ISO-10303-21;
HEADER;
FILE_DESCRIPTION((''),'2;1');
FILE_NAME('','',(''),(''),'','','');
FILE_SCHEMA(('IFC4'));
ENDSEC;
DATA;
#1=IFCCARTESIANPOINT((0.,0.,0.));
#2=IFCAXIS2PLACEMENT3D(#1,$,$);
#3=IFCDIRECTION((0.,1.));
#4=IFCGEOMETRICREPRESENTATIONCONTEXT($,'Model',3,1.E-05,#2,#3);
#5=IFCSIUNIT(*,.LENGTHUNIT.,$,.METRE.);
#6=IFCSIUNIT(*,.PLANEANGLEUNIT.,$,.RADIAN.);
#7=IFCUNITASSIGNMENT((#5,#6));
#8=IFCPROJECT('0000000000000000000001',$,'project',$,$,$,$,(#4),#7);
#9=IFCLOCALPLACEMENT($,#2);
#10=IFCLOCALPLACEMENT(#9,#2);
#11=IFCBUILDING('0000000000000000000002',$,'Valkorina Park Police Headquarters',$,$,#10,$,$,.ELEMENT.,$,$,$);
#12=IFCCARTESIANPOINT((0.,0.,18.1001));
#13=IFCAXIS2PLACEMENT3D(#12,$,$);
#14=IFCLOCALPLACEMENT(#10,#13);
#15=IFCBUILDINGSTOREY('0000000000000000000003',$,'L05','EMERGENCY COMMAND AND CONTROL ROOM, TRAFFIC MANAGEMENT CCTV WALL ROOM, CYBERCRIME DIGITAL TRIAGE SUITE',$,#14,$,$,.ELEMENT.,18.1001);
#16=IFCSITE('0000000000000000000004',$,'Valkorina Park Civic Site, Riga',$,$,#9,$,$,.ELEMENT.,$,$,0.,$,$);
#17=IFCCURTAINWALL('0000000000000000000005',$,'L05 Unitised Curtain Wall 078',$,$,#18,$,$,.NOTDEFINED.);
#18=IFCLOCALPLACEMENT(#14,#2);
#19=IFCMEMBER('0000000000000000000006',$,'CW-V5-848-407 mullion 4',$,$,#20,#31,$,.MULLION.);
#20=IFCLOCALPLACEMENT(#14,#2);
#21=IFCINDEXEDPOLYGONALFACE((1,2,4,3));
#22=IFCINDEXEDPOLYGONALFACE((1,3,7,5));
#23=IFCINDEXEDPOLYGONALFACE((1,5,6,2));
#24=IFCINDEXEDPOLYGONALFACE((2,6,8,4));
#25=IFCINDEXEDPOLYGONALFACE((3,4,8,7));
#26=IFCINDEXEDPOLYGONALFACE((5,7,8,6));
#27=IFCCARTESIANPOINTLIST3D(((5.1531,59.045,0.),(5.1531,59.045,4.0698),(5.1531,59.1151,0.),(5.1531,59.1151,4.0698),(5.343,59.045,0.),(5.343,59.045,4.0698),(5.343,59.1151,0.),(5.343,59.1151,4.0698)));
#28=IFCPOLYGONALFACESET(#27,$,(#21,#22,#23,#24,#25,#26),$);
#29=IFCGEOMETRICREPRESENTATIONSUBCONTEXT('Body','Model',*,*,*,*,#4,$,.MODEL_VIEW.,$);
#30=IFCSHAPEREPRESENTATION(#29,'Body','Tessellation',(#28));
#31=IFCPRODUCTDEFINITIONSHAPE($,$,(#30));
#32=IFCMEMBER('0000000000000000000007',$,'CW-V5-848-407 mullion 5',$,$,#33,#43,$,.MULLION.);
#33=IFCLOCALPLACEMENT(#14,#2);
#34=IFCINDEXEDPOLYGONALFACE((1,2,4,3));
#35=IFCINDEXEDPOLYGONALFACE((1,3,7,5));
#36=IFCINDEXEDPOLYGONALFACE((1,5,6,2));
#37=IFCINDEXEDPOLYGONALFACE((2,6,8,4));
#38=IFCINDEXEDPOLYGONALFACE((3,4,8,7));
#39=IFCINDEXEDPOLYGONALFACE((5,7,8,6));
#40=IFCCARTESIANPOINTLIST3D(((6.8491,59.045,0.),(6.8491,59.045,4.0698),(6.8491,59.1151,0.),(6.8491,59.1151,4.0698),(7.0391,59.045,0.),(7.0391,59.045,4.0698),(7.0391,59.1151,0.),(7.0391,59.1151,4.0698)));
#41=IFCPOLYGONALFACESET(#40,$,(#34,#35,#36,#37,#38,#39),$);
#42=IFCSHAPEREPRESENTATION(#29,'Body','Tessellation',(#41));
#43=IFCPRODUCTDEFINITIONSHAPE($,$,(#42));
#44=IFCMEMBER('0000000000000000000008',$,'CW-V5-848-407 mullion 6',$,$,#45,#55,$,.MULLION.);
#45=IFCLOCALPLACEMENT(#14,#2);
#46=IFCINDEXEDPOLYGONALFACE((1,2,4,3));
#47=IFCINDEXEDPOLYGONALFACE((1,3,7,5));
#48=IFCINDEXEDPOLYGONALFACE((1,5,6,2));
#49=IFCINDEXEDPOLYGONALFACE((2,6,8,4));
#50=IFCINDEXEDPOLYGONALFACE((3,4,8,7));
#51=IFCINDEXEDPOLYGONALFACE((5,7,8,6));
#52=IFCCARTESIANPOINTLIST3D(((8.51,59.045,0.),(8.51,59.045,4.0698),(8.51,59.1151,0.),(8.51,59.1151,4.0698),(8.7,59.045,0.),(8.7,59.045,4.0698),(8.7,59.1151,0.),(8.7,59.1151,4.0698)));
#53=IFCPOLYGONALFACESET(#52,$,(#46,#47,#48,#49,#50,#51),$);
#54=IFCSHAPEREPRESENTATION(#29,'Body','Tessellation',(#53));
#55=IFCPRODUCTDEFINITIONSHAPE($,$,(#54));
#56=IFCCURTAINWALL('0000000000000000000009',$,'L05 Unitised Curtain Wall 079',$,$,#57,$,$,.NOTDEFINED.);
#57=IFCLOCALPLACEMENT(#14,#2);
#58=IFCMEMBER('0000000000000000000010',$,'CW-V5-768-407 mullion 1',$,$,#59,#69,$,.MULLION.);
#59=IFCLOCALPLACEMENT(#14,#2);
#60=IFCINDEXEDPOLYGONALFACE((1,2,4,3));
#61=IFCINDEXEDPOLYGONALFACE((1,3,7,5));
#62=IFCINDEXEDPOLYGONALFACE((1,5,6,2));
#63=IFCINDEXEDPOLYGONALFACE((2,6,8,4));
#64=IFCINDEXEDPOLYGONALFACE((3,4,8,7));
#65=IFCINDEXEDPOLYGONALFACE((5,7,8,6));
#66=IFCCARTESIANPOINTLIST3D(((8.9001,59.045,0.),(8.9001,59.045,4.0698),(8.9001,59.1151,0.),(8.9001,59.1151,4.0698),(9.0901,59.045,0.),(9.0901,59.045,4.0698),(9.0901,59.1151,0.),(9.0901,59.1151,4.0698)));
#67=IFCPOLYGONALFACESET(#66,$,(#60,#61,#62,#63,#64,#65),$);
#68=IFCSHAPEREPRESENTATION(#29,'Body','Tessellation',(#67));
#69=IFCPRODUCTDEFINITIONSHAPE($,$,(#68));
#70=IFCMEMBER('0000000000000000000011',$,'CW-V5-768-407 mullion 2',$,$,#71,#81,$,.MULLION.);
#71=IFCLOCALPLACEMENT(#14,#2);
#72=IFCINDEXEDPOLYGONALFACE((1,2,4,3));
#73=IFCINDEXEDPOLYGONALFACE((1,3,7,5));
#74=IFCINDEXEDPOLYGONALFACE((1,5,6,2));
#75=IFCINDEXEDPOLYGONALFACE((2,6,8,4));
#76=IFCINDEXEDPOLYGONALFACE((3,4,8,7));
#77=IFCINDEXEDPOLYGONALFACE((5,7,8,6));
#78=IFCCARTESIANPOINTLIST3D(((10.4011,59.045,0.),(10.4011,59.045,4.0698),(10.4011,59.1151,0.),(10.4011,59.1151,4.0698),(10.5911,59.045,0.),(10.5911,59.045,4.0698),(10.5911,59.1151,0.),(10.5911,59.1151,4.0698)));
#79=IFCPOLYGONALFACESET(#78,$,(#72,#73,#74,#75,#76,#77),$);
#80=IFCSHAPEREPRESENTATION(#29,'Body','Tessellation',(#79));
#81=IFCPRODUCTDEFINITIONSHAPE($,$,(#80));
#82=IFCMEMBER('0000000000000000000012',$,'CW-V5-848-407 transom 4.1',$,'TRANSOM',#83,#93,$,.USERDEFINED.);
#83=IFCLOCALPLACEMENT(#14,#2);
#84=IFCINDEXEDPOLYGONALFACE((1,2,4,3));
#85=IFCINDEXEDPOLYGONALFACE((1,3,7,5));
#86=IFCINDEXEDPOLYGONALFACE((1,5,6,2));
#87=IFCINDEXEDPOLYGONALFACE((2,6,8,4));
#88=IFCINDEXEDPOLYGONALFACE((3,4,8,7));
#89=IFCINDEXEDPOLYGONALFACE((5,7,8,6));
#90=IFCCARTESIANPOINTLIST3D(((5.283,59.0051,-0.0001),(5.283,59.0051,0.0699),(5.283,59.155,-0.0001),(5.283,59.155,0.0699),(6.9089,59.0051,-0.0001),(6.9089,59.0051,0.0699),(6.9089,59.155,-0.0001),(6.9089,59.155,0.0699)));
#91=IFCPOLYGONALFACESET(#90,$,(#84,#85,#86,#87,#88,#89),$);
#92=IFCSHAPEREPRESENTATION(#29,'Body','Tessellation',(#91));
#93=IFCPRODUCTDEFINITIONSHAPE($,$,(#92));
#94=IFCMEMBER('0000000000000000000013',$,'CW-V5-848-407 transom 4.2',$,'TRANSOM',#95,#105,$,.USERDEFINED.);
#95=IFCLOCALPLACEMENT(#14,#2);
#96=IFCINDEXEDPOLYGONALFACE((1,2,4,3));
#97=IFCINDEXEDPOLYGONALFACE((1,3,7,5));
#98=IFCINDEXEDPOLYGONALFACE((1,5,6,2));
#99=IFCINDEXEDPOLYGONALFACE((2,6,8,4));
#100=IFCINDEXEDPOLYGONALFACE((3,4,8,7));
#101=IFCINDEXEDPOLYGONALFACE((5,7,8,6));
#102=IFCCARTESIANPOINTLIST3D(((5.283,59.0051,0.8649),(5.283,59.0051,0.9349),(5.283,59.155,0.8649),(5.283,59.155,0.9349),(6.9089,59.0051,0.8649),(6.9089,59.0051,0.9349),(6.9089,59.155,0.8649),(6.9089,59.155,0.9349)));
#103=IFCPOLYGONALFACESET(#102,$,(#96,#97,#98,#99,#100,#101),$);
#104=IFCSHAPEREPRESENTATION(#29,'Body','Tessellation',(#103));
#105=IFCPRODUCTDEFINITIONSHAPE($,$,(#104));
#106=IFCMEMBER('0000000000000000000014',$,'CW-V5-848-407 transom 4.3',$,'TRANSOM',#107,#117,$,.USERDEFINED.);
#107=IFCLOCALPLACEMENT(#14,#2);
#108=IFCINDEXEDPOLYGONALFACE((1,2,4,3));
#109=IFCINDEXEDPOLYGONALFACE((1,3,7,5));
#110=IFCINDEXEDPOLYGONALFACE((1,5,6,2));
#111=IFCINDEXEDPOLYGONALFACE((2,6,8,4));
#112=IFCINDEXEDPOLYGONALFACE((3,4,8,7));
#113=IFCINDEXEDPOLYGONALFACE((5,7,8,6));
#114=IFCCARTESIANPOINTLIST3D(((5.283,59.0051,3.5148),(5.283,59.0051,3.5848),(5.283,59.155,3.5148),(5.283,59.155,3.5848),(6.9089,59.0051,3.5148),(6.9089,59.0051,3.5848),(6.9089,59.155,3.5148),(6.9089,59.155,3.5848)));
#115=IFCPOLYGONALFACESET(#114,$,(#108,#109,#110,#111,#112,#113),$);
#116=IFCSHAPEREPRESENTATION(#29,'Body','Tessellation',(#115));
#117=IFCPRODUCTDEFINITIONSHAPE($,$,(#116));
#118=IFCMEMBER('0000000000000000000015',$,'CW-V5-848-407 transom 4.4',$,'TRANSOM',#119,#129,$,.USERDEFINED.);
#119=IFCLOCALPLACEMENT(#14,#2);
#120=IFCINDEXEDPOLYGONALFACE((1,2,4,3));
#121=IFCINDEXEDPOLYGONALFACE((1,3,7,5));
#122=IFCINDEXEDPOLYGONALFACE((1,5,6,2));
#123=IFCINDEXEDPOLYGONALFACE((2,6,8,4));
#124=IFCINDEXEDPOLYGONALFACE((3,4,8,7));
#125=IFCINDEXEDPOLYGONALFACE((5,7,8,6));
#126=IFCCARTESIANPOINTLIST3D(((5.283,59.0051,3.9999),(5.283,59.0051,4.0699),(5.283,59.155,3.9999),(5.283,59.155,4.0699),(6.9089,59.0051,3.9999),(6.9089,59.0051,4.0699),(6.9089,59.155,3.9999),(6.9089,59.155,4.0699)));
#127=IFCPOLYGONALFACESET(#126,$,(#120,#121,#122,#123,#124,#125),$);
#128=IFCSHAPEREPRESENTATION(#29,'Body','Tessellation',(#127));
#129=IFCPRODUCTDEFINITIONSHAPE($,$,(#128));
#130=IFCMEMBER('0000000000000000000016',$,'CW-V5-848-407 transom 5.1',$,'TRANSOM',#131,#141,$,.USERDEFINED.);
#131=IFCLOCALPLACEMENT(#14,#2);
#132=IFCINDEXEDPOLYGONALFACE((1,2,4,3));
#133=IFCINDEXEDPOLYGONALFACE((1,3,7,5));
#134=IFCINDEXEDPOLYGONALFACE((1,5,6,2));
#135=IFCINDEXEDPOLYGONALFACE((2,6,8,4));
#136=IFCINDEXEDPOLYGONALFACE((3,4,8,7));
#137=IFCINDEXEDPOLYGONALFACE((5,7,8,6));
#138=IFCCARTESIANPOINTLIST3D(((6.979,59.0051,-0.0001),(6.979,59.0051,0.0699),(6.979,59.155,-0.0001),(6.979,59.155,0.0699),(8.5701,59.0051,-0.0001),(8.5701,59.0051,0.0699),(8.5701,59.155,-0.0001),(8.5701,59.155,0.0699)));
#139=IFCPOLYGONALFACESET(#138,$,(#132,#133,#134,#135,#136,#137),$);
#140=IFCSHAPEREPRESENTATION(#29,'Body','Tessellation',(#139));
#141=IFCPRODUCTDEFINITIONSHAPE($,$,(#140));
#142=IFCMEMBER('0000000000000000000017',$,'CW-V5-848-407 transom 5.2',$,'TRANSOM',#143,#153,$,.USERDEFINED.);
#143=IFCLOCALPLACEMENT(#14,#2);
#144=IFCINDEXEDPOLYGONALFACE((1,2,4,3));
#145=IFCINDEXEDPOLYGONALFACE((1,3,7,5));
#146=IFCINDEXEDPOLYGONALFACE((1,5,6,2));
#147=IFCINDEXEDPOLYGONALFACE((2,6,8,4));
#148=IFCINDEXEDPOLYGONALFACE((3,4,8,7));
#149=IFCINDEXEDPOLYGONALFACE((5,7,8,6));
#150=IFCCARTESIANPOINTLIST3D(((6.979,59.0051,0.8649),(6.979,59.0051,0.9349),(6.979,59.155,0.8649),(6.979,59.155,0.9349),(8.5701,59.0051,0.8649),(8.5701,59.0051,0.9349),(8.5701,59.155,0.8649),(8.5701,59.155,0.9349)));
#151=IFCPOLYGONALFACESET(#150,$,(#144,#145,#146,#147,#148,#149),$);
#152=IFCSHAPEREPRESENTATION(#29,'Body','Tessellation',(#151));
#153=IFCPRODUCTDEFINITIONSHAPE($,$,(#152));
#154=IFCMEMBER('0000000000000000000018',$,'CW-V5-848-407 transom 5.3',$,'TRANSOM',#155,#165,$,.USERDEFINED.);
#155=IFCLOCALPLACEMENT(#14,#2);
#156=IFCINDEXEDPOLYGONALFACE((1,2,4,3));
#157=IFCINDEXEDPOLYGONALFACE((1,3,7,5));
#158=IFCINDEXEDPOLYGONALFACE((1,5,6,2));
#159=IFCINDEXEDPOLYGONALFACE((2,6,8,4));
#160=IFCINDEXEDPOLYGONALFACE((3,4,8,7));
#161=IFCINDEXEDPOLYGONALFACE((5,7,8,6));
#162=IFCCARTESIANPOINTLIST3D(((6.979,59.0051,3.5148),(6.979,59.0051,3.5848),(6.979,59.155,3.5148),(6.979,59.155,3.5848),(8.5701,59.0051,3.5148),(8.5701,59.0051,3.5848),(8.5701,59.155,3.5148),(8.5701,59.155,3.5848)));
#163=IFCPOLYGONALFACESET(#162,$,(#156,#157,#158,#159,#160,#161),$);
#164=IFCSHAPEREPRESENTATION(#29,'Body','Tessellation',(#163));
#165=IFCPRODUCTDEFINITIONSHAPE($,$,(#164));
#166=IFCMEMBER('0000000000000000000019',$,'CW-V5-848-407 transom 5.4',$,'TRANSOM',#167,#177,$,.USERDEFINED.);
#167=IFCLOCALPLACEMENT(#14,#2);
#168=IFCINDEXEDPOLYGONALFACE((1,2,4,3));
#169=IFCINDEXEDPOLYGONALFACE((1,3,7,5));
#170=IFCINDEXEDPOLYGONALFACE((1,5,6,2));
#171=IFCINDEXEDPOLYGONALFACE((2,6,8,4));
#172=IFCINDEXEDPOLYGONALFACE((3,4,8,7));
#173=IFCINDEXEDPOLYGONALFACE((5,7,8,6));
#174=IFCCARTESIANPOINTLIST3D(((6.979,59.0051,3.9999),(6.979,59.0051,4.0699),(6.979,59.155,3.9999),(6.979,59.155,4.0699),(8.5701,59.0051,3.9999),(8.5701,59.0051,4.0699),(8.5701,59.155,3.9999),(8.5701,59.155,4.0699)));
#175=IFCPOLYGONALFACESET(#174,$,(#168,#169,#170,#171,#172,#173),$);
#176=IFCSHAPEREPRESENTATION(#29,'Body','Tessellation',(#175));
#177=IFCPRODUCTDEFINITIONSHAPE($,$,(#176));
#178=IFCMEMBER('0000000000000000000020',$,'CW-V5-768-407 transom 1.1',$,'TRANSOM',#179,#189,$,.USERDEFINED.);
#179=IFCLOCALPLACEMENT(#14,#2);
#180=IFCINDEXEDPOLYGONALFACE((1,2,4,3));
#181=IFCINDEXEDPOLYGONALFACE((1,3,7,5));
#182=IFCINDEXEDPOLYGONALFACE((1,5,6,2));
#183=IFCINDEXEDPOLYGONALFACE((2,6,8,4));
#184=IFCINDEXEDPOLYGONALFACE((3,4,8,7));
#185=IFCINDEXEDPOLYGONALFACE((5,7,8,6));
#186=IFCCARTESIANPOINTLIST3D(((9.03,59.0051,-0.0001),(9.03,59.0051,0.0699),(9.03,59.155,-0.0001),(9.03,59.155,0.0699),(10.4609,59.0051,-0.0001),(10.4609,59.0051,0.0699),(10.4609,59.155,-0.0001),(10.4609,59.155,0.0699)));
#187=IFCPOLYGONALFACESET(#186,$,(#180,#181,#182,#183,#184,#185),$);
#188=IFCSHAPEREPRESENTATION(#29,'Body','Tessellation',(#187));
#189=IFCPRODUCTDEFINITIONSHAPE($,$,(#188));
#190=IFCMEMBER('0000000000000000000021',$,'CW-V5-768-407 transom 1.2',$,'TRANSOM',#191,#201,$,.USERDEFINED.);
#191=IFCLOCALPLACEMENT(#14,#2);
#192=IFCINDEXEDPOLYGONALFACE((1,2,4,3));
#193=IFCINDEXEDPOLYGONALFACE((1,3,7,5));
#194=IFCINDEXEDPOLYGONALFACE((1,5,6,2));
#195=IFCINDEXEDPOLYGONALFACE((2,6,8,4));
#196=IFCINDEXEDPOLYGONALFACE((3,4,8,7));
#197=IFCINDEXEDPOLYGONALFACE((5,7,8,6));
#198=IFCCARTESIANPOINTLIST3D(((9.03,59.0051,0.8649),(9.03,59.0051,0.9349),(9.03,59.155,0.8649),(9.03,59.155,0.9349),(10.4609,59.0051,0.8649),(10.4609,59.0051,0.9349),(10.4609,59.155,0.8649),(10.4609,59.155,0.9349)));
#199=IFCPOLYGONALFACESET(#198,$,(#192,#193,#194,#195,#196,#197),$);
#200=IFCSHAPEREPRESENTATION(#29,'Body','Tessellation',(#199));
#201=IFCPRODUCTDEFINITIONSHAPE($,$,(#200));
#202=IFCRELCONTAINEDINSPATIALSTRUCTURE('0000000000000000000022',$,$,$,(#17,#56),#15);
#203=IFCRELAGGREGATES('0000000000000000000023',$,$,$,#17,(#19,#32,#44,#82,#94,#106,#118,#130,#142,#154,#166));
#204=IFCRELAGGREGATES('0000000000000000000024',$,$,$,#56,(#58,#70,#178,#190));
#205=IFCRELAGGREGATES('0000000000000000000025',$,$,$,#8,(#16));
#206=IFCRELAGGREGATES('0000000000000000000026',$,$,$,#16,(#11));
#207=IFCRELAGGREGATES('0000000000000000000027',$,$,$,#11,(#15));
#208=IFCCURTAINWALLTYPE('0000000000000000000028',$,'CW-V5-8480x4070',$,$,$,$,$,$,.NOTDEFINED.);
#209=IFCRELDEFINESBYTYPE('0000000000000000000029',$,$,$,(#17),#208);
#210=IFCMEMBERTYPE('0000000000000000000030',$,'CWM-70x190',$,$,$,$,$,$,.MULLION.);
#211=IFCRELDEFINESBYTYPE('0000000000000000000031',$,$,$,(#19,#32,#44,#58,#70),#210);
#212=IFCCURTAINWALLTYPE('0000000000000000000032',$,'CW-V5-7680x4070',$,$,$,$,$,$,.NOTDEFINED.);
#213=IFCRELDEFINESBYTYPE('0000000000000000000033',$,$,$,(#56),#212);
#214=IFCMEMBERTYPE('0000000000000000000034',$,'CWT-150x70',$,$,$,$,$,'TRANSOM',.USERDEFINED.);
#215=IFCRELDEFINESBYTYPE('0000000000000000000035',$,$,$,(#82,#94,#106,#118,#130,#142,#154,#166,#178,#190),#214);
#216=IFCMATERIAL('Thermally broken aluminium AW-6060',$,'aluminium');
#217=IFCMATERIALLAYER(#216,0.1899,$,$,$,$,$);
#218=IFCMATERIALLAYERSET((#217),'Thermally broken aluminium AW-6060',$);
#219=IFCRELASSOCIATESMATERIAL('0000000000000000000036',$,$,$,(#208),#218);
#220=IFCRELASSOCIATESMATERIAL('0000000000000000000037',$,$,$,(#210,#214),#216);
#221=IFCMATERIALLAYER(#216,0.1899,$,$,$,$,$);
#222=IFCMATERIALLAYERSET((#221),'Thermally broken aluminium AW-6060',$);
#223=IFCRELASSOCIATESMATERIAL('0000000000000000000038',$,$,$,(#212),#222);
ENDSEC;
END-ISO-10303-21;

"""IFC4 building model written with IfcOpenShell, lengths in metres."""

from ifc_helpers import new_model, si_unit, direction, frame, origin, origin_2d, place, context, subcontext, project, spatial, rectangle, extrude, material, layer, layer_set, material_profile, profile_set, type_object, element, aggregate, save


model = new_model("IFC4")

# Units and contexts
model_context = context("Model", 3, precision=1e-05, world=origin(), true_north=direction((0.0, 1.0)))
body_context = subcontext(model_context, "Body", "Model", "MODEL_VIEW")
ifc_project = project(units=[si_unit("LENGTHUNIT", "METRE"), si_unit("PLANEANGLEUNIT", "RADIAN")], contexts=[model_context])

# Site, building, storey
site_placement = place(None, origin())
site = spatial("IfcSite", under=ifc_project, at=site_placement, Name="Valkorina Park Civic Site, Riga", CompositionType="ELEMENT", RefElevation=0.0)
building_placement = place(site_placement, origin())
building = spatial("IfcBuilding", under=site, at=building_placement, Name="Valkorina Park Police Headquarters", CompositionType="ELEMENT")
storey_placement = place(building_placement, frame((0.0, 0.0, 18.1001)))
storey = spatial("IfcBuildingStorey", under=building, at=storey_placement, Name="L05", Description="EMERGENCY COMMAND AND CONTROL ROOM, TRAFFIC MANAGEMENT CCTV WALL ROOM, CYBERCRIME DIGITAL TRIAGE SUITE", CompositionType="ELEMENT", Elevation=18.1001)

# Curtain walls, members
ifc_material_1 = material(Name="Thermally broken aluminium AW-6060", Category="aluminium")
ifc_layer_1 = layer(ifc_material_1, 0.1899)
ifc_layer_set_1 = layer_set([ifc_layer_1], Name="Thermally broken aluminium AW-6060")
curtain_wall_type_1 = type_object("IfcCurtainWallType", Name="CW-V5-8480x4070", PredefinedType="NOTDEFINED", material=ifc_layer_set_1)
curtain_wall_1_placement = place(storey_placement, origin())
curtain_wall_1 = element("IfcCurtainWall", 1, at=curtain_wall_1_placement, inside=storey, type_object=curtain_wall_type_1, Name="L05 Unitised Curtain Wall 078", PredefinedType="NOTDEFINED")
ifc_material_profile_1 = material_profile(ifc_material_1, rectangle(XDim=0.0701, YDim=0.1899, at=origin_2d()), Name="CWM-02 70x190")
ifc_profile_set_1 = profile_set([ifc_material_profile_1], Name="Thermally broken aluminium AW-6060")
member_type_1 = type_object("IfcMemberType", Name="CWM-70x190", PredefinedType="MULLION", material=ifc_profile_set_1)
member_1_placement = place(storey_placement, frame((5.248, 59.0801, 0.0), z_axis=(0.0, 0.0, 1.0), x_axis=(0.0, 1.0, 0.0)))
member_1 = element("IfcMember", 2, at=member_1_placement, type_object=member_type_1, Name="CW-V5-848-407 mullion 4", PredefinedType="MULLION", context=body_context, shape_type="SweptSolid", body=[
    extrude(rectangle(XDim=0.0701, YDim=0.1899, at=origin_2d()), origin(), (0.0, 0.0, 1.0), 4.0698),
])
member_2_placement = place(storey_placement, frame((6.9441, 59.0801, 0.0), z_axis=(0.0, 0.0, 1.0), x_axis=(0.0, 1.0, 0.0)))
member_2 = element("IfcMember", 3, at=member_2_placement, type_object=member_type_1, Name="CW-V5-848-407 mullion 5", PredefinedType="MULLION", context=body_context, shape_type="SweptSolid", body=[
    extrude(rectangle(XDim=0.0701, YDim=0.1899, at=origin_2d()), origin(), (0.0, 0.0, 1.0), 4.0698),
])
member_3_placement = place(storey_placement, frame((8.605, 59.0801, 0.0), z_axis=(0.0, 0.0, 1.0), x_axis=(0.0, 1.0, 0.0)))
member_3 = element("IfcMember", 4, at=member_3_placement, type_object=member_type_1, Name="CW-V5-848-407 mullion 6", PredefinedType="MULLION", context=body_context, shape_type="SweptSolid", body=[
    extrude(rectangle(XDim=0.0701, YDim=0.1899, at=origin_2d()), origin(), (0.0, 0.0, 1.0), 4.0698),
])
ifc_layer_2 = layer(ifc_material_1, 0.1899)
ifc_layer_set_2 = layer_set([ifc_layer_2], Name="Thermally broken aluminium AW-6060")
curtain_wall_type_2 = type_object("IfcCurtainWallType", Name="CW-V5-7680x4070", PredefinedType="NOTDEFINED", material=ifc_layer_set_2)
curtain_wall_2_placement = place(storey_placement, origin())
curtain_wall_2 = element("IfcCurtainWall", 5, at=curtain_wall_2_placement, inside=storey, type_object=curtain_wall_type_2, Name="L05 Unitised Curtain Wall 079", PredefinedType="NOTDEFINED")
member_4_placement = place(storey_placement, frame((8.9951, 59.0801, 0.0), z_axis=(0.0, 0.0, 1.0), x_axis=(0.0, 1.0, 0.0)))
member_4 = element("IfcMember", 6, at=member_4_placement, type_object=member_type_1, Name="CW-V5-768-407 mullion 1", PredefinedType="MULLION", context=body_context, shape_type="SweptSolid", body=[
    extrude(rectangle(XDim=0.0701, YDim=0.1899, at=origin_2d()), origin(), (0.0, 0.0, 1.0), 4.0698),
])
member_5_placement = place(storey_placement, frame((10.4961, 59.0801, 0.0), z_axis=(0.0, 0.0, 1.0), x_axis=(0.0, 1.0, 0.0)))
member_5 = element("IfcMember", 7, at=member_5_placement, type_object=member_type_1, Name="CW-V5-768-407 mullion 2", PredefinedType="MULLION", context=body_context, shape_type="SweptSolid", body=[
    extrude(rectangle(XDim=0.0701, YDim=0.1899, at=origin_2d()), origin(), (0.0, 0.0, 1.0), 4.0698),
])

# Members
ifc_material_profile_2 = material_profile(ifc_material_1, rectangle(XDim=0.1499, YDim=0.0701, at=origin_2d()), Name="CWT-02 150x70")
ifc_profile_set_2 = profile_set([ifc_material_profile_2], Name="Thermally broken aluminium AW-6060")
member_type_2 = type_object("IfcMemberType", Name="CWT-150x70", ElementType="TRANSOM", PredefinedType="USERDEFINED", material=ifc_profile_set_2)
member_6_placement = place(storey_placement, frame((5.283, 59.0801, 0.0349), z_axis=(1.0, 0.0, 0.0), x_axis=(0.0, 1.0, 0.0)))
member_6 = element("IfcMember", 8, at=member_6_placement, type_object=member_type_2, Name="CW-V5-848-407 transom 4.1", ObjectType="TRANSOM", PredefinedType="USERDEFINED", context=body_context, shape_type="SweptSolid", body=[
    extrude(rectangle(XDim=0.1499, YDim=0.0701, at=origin_2d()), origin(), (0.0, 0.0, 1.0), 1.626),
])
member_7_placement = place(storey_placement, frame((5.283, 59.0801, 0.8999), z_axis=(1.0, 0.0, 0.0), x_axis=(0.0, 1.0, 0.0)))
member_7 = element("IfcMember", 9, at=member_7_placement, type_object=member_type_2, Name="CW-V5-848-407 transom 4.2", ObjectType="TRANSOM", PredefinedType="USERDEFINED", context=body_context, shape_type="SweptSolid", body=[
    extrude(rectangle(XDim=0.1499, YDim=0.0701, at=origin_2d()), origin(), (0.0, 0.0, 1.0), 1.626),
])
member_8_placement = place(storey_placement, frame((5.283, 59.0801, 3.5498), z_axis=(1.0, 0.0, 0.0), x_axis=(0.0, 1.0, 0.0)))
member_8 = element("IfcMember", 10, at=member_8_placement, type_object=member_type_2, Name="CW-V5-848-407 transom 4.3", ObjectType="TRANSOM", PredefinedType="USERDEFINED", context=body_context, shape_type="SweptSolid", body=[
    extrude(rectangle(XDim=0.1499, YDim=0.0701, at=origin_2d()), origin(), (0.0, 0.0, 1.0), 1.626),
])
member_9_placement = place(storey_placement, frame((5.283, 59.0801, 4.0349), z_axis=(1.0, 0.0, 0.0), x_axis=(0.0, 1.0, 0.0)))
member_9 = element("IfcMember", 11, at=member_9_placement, type_object=member_type_2, Name="CW-V5-848-407 transom 4.4", ObjectType="TRANSOM", PredefinedType="USERDEFINED", context=body_context, shape_type="SweptSolid", body=[
    extrude(rectangle(XDim=0.1499, YDim=0.0701, at=origin_2d()), origin(), (0.0, 0.0, 1.0), 1.626),
])
member_10_placement = place(storey_placement, frame((6.979, 59.0801, 0.0349), z_axis=(1.0, 0.0, 0.0), x_axis=(0.0, 1.0, 0.0)))
member_10 = element("IfcMember", 12, at=member_10_placement, type_object=member_type_2, Name="CW-V5-848-407 transom 5.1", ObjectType="TRANSOM", PredefinedType="USERDEFINED", context=body_context, shape_type="SweptSolid", body=[
    extrude(rectangle(XDim=0.1499, YDim=0.0701, at=origin_2d()), origin(), (0.0, 0.0, 1.0), 1.5911),
])
member_11_placement = place(storey_placement, frame((6.979, 59.0801, 0.8999), z_axis=(1.0, 0.0, 0.0), x_axis=(0.0, 1.0, 0.0)))
member_11 = element("IfcMember", 13, at=member_11_placement, type_object=member_type_2, Name="CW-V5-848-407 transom 5.2", ObjectType="TRANSOM", PredefinedType="USERDEFINED", context=body_context, shape_type="SweptSolid", body=[
    extrude(rectangle(XDim=0.1499, YDim=0.0701, at=origin_2d()), origin(), (0.0, 0.0, 1.0), 1.5911),
])
member_12_placement = place(storey_placement, frame((6.979, 59.0801, 3.5498), z_axis=(1.0, 0.0, 0.0), x_axis=(0.0, 1.0, 0.0)))
member_12 = element("IfcMember", 14, at=member_12_placement, type_object=member_type_2, Name="CW-V5-848-407 transom 5.3", ObjectType="TRANSOM", PredefinedType="USERDEFINED", context=body_context, shape_type="SweptSolid", body=[
    extrude(rectangle(XDim=0.1499, YDim=0.0701, at=origin_2d()), origin(), (0.0, 0.0, 1.0), 1.5911),
])
member_13_placement = place(storey_placement, frame((6.979, 59.0801, 4.0349), z_axis=(1.0, 0.0, 0.0), x_axis=(0.0, 1.0, 0.0)))
member_13 = element("IfcMember", 15, at=member_13_placement, type_object=member_type_2, Name="CW-V5-848-407 transom 5.4", ObjectType="TRANSOM", PredefinedType="USERDEFINED", context=body_context, shape_type="SweptSolid", body=[
    extrude(rectangle(XDim=0.1499, YDim=0.0701, at=origin_2d()), origin(), (0.0, 0.0, 1.0), 1.5911),
])
member_14_placement = place(storey_placement, frame((9.03, 59.0801, 0.0349), z_axis=(1.0, 0.0, 0.0), x_axis=(0.0, 1.0, 0.0)))
member_14 = element("IfcMember", 16, at=member_14_placement, type_object=member_type_2, Name="CW-V5-768-407 transom 1.1", ObjectType="TRANSOM", PredefinedType="USERDEFINED", context=body_context, shape_type="SweptSolid", body=[
    extrude(rectangle(XDim=0.1499, YDim=0.0701, at=origin_2d()), origin(), (0.0, 0.0, 1.0), 1.4309),
])
member_15_placement = place(storey_placement, frame((9.03, 59.0801, 0.8999), z_axis=(1.0, 0.0, 0.0), x_axis=(0.0, 1.0, 0.0)))
member_15 = element("IfcMember", 17, at=member_15_placement, type_object=member_type_2, Name="CW-V5-768-407 transom 1.2", ObjectType="TRANSOM", PredefinedType="USERDEFINED", context=body_context, shape_type="SweptSolid", body=[
    extrude(rectangle(XDim=0.1499, YDim=0.0701, at=origin_2d()), origin(), (0.0, 0.0, 1.0), 1.4309),
])

aggregate(curtain_wall_1, [member_1, member_2, member_3, member_6, member_7, member_8, member_9, member_10, member_11, member_12, member_13])
aggregate(curtain_wall_2, [member_4, member_5, member_14, member_15])

save(model, "model.ifc")
